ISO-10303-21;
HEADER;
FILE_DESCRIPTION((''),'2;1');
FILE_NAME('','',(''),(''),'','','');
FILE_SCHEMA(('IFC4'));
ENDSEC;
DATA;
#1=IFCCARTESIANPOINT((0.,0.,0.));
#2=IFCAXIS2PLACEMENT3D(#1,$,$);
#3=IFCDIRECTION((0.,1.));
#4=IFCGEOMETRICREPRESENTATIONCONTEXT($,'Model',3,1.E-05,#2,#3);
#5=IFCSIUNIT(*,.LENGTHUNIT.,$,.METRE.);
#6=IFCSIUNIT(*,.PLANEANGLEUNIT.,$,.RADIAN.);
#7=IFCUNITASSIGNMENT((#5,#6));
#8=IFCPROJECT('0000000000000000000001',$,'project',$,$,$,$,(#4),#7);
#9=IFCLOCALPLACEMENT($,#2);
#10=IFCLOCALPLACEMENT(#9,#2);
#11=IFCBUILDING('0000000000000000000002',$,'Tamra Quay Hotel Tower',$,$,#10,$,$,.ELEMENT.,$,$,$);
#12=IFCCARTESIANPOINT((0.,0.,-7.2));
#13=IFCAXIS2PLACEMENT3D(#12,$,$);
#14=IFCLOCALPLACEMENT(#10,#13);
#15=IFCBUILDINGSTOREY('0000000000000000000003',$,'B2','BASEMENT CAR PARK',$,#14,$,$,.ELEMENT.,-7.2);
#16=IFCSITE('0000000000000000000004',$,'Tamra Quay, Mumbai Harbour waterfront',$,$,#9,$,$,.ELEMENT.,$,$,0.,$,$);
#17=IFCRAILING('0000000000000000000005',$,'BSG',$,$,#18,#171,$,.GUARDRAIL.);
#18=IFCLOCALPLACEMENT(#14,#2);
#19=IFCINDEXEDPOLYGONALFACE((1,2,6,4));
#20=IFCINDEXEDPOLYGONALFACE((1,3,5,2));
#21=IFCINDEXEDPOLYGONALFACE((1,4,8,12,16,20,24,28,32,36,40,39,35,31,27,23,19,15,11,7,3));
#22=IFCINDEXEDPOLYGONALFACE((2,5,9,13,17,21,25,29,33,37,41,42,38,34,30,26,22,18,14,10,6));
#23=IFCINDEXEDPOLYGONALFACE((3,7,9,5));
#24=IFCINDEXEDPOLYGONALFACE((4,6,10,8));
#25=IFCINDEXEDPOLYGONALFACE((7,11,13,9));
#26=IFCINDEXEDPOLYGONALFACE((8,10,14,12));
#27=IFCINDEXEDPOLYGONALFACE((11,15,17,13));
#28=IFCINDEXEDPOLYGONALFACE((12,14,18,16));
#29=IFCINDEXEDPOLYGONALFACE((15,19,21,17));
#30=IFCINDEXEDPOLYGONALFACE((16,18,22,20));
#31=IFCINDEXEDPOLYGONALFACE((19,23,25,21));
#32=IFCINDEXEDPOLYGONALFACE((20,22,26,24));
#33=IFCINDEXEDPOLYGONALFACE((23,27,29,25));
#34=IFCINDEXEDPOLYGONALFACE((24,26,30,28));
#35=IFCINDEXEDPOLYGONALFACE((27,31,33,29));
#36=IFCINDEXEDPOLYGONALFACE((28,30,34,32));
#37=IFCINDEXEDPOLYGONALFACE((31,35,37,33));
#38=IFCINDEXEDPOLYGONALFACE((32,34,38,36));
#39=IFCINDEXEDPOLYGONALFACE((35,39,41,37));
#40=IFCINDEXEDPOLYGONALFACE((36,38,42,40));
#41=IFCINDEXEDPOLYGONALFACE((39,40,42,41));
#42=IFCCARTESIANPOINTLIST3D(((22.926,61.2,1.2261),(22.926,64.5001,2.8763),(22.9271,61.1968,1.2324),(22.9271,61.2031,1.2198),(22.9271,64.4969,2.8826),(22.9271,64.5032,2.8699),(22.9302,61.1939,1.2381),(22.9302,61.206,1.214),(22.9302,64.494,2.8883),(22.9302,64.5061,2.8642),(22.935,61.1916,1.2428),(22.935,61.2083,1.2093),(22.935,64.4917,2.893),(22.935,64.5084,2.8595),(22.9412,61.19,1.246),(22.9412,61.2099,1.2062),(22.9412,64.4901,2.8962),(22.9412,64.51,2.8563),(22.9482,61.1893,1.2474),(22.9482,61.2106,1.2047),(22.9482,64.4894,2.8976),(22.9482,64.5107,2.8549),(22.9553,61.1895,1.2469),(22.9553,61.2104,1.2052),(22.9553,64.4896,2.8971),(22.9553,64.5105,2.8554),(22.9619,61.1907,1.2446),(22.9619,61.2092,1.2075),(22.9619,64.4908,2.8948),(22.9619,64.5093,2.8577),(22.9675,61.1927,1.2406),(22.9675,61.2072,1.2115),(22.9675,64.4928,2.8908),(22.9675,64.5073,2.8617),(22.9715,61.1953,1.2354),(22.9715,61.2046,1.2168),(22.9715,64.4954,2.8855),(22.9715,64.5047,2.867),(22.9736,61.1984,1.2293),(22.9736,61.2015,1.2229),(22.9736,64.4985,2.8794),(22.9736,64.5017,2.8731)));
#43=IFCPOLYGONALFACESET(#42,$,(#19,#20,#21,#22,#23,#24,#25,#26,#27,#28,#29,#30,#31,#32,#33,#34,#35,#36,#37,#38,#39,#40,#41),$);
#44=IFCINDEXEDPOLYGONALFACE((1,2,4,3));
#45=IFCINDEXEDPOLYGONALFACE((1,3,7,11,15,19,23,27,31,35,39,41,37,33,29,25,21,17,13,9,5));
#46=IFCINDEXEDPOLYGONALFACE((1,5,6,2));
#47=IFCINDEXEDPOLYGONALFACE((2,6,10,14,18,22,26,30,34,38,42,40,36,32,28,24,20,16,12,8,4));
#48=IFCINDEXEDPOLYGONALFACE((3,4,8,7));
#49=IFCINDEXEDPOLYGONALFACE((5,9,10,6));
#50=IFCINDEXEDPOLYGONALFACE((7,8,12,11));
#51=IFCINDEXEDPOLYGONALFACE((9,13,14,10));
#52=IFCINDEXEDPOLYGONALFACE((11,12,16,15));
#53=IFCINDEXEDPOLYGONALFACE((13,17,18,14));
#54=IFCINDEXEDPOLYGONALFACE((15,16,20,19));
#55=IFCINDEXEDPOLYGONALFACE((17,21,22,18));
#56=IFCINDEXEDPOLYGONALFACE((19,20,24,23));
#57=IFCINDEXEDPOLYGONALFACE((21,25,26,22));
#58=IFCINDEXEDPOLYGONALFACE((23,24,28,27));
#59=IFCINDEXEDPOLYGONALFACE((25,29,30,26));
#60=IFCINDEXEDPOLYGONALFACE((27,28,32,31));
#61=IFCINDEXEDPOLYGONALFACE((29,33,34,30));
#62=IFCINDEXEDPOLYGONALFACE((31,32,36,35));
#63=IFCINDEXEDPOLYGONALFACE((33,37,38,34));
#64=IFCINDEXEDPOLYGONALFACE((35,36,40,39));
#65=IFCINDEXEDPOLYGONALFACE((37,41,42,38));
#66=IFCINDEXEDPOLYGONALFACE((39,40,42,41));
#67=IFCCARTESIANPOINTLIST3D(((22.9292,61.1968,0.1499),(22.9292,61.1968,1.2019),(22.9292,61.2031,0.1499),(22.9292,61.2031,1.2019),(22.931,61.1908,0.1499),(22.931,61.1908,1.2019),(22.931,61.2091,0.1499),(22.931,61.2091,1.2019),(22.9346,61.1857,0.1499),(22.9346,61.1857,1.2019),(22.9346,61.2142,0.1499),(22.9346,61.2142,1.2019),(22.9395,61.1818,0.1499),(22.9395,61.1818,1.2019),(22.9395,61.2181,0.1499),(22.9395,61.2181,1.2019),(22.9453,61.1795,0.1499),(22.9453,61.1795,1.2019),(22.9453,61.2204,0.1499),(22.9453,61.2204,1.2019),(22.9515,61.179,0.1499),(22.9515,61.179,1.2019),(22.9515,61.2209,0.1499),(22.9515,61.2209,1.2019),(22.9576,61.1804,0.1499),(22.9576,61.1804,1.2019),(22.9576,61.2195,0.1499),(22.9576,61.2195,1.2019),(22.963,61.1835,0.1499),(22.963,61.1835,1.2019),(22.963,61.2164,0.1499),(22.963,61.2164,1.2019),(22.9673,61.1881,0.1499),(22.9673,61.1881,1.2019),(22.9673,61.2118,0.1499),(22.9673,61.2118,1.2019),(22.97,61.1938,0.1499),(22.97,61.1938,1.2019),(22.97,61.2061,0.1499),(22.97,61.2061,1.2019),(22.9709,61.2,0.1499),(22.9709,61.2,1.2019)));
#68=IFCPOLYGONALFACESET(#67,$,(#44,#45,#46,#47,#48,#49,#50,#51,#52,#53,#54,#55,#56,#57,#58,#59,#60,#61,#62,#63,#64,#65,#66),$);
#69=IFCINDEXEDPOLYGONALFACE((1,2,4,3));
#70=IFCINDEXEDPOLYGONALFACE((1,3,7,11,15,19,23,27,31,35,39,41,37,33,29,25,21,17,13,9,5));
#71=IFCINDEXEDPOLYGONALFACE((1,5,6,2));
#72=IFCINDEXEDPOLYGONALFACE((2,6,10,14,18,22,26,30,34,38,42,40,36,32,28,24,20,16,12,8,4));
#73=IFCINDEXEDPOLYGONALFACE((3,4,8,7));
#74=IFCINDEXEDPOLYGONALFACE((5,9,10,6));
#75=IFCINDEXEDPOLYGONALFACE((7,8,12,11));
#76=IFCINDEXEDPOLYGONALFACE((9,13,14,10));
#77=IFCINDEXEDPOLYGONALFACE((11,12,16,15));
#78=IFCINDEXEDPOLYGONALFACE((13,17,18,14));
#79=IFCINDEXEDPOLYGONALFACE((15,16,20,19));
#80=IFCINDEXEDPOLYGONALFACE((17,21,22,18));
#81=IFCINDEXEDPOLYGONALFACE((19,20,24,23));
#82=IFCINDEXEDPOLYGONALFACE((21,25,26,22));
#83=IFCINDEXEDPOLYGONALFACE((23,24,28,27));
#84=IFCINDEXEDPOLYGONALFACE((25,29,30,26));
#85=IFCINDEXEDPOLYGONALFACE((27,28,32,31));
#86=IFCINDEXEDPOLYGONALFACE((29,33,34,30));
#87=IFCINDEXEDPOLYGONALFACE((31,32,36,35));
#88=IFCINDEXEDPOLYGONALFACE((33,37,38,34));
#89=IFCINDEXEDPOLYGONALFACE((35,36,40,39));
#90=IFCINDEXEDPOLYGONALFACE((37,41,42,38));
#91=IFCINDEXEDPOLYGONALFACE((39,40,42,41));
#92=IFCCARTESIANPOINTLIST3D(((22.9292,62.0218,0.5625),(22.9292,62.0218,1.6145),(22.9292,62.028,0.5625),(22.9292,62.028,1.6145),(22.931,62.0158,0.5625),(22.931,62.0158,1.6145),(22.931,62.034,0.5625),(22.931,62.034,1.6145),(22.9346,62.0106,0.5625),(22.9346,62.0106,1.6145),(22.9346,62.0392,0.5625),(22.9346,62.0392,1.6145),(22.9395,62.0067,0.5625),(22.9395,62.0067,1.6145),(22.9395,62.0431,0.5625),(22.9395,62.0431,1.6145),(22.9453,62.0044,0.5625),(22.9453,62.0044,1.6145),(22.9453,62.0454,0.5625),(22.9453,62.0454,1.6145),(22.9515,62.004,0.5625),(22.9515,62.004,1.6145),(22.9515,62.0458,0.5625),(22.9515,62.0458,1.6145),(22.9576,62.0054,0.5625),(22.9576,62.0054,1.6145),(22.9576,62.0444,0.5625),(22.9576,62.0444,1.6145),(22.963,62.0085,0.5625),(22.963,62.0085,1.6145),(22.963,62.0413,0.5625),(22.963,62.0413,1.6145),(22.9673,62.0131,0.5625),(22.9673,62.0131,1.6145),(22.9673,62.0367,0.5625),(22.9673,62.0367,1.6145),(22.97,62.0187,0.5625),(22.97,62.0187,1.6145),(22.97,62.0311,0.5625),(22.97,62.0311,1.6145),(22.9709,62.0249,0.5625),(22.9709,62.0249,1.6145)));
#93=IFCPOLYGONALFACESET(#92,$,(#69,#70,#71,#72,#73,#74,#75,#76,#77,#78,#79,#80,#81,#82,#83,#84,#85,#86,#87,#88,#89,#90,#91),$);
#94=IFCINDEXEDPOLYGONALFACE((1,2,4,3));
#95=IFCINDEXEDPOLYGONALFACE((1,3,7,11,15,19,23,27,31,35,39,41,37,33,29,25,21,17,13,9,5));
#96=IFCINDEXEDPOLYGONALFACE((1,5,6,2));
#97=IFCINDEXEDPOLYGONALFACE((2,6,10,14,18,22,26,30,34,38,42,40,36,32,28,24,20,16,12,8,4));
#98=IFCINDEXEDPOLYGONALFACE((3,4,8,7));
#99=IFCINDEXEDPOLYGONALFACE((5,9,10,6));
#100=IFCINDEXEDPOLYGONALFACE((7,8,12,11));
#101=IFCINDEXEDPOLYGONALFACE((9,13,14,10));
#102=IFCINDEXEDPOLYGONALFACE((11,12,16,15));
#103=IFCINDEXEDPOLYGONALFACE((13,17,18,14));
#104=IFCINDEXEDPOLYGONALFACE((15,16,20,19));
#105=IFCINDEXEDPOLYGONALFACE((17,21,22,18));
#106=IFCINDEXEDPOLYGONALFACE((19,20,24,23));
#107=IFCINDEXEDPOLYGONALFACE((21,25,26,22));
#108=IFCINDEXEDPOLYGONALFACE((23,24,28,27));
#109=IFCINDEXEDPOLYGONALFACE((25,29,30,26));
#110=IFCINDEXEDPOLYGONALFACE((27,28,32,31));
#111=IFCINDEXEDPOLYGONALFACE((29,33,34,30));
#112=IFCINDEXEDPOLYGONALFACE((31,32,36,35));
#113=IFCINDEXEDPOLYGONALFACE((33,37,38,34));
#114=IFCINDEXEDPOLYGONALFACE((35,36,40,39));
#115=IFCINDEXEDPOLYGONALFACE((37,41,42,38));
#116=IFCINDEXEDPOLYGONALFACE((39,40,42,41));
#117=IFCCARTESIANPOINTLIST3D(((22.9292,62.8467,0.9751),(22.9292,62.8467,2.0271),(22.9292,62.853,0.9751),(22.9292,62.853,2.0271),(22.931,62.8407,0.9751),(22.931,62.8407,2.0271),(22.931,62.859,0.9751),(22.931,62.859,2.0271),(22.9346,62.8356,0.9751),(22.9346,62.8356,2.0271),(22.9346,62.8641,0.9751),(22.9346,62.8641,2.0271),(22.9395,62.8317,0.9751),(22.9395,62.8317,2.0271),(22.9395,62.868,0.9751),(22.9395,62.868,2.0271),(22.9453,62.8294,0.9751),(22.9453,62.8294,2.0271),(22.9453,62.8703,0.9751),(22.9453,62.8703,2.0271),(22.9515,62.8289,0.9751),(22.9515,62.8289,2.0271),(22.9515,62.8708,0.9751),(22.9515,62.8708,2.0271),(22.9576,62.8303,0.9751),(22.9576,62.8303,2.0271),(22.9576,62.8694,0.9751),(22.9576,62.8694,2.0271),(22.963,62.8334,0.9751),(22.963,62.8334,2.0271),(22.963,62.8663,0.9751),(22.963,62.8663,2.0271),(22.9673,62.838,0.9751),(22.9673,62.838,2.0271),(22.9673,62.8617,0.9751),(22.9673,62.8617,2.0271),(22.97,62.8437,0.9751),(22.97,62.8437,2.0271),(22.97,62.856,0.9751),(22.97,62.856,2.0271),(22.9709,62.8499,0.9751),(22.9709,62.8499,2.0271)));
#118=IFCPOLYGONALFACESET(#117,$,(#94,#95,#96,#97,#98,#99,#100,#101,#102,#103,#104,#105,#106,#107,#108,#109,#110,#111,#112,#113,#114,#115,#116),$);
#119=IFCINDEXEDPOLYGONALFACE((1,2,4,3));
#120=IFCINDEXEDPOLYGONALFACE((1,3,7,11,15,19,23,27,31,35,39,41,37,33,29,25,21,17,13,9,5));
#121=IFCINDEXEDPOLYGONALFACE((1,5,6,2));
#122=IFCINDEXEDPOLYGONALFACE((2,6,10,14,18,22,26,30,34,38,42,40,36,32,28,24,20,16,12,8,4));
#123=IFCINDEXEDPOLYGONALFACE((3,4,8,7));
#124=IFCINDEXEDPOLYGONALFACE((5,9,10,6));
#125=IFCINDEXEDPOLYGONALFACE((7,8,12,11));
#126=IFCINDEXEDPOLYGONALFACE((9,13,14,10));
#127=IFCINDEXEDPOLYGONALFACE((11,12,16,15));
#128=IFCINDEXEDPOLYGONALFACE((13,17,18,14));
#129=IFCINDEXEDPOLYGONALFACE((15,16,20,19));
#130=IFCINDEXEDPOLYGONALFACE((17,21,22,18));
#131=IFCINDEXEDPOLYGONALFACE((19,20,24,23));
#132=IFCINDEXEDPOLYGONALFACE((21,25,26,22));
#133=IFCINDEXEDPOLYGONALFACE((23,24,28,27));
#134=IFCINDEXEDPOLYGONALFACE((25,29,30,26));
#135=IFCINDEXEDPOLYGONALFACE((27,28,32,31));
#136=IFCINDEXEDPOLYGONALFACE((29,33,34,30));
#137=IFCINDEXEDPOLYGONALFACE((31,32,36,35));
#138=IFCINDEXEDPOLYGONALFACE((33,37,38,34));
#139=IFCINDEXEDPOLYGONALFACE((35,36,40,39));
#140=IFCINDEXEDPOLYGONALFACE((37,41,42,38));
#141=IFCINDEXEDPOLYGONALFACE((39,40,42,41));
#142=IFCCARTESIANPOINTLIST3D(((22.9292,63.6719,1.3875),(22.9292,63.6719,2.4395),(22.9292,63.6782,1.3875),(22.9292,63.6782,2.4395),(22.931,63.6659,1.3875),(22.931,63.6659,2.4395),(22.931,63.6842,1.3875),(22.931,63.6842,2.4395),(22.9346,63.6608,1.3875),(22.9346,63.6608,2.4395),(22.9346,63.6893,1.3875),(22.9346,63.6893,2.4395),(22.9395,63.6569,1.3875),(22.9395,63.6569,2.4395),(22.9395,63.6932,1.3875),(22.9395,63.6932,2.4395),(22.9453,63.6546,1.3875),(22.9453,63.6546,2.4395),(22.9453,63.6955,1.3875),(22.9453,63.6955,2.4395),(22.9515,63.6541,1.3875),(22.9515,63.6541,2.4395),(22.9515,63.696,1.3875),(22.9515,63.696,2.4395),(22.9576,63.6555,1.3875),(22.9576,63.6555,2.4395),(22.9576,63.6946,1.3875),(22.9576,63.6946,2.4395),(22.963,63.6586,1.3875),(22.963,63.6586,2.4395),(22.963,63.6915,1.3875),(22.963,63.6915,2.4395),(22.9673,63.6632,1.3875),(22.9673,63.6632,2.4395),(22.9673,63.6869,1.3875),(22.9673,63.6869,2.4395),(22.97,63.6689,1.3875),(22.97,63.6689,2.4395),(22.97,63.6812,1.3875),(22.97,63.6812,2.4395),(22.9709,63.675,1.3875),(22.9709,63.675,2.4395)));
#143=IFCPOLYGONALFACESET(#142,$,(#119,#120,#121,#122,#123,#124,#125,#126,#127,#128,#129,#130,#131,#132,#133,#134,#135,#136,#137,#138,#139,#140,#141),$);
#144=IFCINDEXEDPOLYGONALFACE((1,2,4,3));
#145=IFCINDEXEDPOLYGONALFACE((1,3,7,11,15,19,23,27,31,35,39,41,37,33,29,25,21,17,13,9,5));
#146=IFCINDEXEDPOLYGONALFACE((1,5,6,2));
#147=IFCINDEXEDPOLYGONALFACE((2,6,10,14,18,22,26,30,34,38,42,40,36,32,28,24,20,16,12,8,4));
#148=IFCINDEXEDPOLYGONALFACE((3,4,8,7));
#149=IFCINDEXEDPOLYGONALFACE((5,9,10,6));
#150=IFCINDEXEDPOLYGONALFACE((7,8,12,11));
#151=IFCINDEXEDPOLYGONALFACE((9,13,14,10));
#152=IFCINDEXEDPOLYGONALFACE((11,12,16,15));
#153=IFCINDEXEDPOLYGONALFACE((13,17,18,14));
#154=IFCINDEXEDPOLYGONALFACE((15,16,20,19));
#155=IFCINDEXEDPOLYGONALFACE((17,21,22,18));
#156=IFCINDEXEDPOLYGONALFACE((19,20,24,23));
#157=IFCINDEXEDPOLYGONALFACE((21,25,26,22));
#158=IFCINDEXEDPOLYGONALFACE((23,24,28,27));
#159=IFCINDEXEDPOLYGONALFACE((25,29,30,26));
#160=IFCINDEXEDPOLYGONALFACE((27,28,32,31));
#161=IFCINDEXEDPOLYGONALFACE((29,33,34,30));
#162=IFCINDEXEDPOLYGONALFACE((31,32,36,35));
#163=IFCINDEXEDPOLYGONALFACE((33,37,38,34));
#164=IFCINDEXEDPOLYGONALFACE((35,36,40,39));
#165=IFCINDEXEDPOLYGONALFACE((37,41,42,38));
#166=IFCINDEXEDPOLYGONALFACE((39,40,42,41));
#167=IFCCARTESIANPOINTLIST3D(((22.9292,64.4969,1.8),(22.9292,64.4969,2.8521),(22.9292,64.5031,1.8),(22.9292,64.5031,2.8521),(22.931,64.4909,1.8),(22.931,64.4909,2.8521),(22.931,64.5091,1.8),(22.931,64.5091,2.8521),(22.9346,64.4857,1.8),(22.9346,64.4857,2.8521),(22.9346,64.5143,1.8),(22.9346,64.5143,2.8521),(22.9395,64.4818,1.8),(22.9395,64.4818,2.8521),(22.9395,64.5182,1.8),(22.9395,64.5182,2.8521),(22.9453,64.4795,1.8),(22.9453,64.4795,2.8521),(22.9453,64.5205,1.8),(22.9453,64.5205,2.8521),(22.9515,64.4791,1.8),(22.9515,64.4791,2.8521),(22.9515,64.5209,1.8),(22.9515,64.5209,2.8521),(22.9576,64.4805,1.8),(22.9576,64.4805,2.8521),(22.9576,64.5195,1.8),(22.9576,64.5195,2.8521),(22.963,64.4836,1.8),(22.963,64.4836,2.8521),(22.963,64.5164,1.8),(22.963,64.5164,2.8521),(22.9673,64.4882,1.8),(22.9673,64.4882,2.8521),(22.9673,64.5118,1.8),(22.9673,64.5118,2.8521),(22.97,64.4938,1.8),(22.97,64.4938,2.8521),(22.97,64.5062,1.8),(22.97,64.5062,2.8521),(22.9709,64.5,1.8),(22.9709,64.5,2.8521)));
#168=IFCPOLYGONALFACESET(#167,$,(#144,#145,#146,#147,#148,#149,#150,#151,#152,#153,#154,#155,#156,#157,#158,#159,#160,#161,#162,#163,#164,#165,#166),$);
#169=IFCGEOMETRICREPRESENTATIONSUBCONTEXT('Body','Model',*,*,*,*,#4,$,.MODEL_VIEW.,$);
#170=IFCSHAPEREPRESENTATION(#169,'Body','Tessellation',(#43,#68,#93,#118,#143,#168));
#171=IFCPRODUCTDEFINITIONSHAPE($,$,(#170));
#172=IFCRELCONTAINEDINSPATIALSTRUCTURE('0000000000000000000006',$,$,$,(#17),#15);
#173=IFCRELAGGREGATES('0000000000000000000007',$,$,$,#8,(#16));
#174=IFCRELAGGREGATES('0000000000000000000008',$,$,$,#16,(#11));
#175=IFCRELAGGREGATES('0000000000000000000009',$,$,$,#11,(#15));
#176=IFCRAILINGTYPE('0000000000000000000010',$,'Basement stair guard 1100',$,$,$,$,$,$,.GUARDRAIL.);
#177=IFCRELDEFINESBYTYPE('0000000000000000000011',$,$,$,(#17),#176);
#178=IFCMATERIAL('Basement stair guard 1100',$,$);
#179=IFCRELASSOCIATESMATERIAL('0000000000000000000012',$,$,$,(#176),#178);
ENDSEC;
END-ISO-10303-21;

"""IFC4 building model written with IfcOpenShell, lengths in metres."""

from ifc_helpers import new_model, si_unit, direction, frame, origin, origin_2d, place, context, subcontext, project, spatial, circle, extrude, material, type_object, element, save


model = new_model("IFC4")

# Units and contexts
model_context = context("Model", 3, precision=1e-05, world=origin(), true_north=direction((0.0, 1.0)))
body_context = subcontext(model_context, "Body", "Model", "MODEL_VIEW")
ifc_project = project(units=[si_unit("LENGTHUNIT", "METRE"), si_unit("PLANEANGLEUNIT", "RADIAN")], contexts=[model_context])

# Site, building, storey
site_placement = place(None, origin())
site = spatial("IfcSite", under=ifc_project, at=site_placement, Name="Tamra Quay, Mumbai Harbour waterfront", CompositionType="ELEMENT", RefElevation=0.0)
building_placement = place(site_placement, origin())
building = spatial("IfcBuilding", under=site, at=building_placement, Name="Tamra Quay Hotel Tower", CompositionType="ELEMENT")
storey_placement = place(building_placement, frame((0.0, 0.0, -7.2)))
storey = spatial("IfcBuildingStorey", under=building, at=storey_placement, Name="B2", Description="BASEMENT CAR PARK", CompositionType="ELEMENT", Elevation=-7.2)

# Railing
ifc_material_1 = material(Name="Basement stair guard 1100")
railing_type_1 = type_object("IfcRailingType", Name="Basement stair guard 1100", PredefinedType="GUARDRAIL", material=ifc_material_1)
railing_1_placement = place(storey_placement, frame((22.95, 61.2, 0.1499)))
element("IfcRailing", 1, at=railing_1_placement, inside=storey, type_object=railing_type_1, Name="BSG", PredefinedType="GUARDRAIL", context=body_context, shape_type="SweptSolid", body=[
    extrude(circle(Radius=0.0239, at=origin_2d()), frame((0.0, 0.0, 1.0762), z_axis=(0.0, 0.894414, 0.44724), x_axis=(-1.0, 0.0, 0.0)), (0.0, 0.0, 1.0), 3.6897),
    extrude(circle(Radius=0.021, at=origin_2d()), origin(), (0.0, 0.0, 1.0), 1.052),
    extrude(circle(Radius=0.021, at=origin_2d()), frame((0.0, 0.825, 0.4126)), (0.0, 0.0, 1.0), 1.052),
    extrude(circle(Radius=0.021, at=origin_2d()), frame((0.0, 1.6499, 0.8252)), (0.0, 0.0, 1.0), 1.052),
    extrude(circle(Radius=0.021, at=origin_2d()), frame((0.0, 2.4751, 1.2375)), (0.0, 0.0, 1.0), 1.052),
    extrude(circle(Radius=0.021, at=origin_2d()), frame((0.0, 3.3, 1.6501)), (0.0, 0.0, 1.0), 1.052),
])

save(model, "model.ifc")
